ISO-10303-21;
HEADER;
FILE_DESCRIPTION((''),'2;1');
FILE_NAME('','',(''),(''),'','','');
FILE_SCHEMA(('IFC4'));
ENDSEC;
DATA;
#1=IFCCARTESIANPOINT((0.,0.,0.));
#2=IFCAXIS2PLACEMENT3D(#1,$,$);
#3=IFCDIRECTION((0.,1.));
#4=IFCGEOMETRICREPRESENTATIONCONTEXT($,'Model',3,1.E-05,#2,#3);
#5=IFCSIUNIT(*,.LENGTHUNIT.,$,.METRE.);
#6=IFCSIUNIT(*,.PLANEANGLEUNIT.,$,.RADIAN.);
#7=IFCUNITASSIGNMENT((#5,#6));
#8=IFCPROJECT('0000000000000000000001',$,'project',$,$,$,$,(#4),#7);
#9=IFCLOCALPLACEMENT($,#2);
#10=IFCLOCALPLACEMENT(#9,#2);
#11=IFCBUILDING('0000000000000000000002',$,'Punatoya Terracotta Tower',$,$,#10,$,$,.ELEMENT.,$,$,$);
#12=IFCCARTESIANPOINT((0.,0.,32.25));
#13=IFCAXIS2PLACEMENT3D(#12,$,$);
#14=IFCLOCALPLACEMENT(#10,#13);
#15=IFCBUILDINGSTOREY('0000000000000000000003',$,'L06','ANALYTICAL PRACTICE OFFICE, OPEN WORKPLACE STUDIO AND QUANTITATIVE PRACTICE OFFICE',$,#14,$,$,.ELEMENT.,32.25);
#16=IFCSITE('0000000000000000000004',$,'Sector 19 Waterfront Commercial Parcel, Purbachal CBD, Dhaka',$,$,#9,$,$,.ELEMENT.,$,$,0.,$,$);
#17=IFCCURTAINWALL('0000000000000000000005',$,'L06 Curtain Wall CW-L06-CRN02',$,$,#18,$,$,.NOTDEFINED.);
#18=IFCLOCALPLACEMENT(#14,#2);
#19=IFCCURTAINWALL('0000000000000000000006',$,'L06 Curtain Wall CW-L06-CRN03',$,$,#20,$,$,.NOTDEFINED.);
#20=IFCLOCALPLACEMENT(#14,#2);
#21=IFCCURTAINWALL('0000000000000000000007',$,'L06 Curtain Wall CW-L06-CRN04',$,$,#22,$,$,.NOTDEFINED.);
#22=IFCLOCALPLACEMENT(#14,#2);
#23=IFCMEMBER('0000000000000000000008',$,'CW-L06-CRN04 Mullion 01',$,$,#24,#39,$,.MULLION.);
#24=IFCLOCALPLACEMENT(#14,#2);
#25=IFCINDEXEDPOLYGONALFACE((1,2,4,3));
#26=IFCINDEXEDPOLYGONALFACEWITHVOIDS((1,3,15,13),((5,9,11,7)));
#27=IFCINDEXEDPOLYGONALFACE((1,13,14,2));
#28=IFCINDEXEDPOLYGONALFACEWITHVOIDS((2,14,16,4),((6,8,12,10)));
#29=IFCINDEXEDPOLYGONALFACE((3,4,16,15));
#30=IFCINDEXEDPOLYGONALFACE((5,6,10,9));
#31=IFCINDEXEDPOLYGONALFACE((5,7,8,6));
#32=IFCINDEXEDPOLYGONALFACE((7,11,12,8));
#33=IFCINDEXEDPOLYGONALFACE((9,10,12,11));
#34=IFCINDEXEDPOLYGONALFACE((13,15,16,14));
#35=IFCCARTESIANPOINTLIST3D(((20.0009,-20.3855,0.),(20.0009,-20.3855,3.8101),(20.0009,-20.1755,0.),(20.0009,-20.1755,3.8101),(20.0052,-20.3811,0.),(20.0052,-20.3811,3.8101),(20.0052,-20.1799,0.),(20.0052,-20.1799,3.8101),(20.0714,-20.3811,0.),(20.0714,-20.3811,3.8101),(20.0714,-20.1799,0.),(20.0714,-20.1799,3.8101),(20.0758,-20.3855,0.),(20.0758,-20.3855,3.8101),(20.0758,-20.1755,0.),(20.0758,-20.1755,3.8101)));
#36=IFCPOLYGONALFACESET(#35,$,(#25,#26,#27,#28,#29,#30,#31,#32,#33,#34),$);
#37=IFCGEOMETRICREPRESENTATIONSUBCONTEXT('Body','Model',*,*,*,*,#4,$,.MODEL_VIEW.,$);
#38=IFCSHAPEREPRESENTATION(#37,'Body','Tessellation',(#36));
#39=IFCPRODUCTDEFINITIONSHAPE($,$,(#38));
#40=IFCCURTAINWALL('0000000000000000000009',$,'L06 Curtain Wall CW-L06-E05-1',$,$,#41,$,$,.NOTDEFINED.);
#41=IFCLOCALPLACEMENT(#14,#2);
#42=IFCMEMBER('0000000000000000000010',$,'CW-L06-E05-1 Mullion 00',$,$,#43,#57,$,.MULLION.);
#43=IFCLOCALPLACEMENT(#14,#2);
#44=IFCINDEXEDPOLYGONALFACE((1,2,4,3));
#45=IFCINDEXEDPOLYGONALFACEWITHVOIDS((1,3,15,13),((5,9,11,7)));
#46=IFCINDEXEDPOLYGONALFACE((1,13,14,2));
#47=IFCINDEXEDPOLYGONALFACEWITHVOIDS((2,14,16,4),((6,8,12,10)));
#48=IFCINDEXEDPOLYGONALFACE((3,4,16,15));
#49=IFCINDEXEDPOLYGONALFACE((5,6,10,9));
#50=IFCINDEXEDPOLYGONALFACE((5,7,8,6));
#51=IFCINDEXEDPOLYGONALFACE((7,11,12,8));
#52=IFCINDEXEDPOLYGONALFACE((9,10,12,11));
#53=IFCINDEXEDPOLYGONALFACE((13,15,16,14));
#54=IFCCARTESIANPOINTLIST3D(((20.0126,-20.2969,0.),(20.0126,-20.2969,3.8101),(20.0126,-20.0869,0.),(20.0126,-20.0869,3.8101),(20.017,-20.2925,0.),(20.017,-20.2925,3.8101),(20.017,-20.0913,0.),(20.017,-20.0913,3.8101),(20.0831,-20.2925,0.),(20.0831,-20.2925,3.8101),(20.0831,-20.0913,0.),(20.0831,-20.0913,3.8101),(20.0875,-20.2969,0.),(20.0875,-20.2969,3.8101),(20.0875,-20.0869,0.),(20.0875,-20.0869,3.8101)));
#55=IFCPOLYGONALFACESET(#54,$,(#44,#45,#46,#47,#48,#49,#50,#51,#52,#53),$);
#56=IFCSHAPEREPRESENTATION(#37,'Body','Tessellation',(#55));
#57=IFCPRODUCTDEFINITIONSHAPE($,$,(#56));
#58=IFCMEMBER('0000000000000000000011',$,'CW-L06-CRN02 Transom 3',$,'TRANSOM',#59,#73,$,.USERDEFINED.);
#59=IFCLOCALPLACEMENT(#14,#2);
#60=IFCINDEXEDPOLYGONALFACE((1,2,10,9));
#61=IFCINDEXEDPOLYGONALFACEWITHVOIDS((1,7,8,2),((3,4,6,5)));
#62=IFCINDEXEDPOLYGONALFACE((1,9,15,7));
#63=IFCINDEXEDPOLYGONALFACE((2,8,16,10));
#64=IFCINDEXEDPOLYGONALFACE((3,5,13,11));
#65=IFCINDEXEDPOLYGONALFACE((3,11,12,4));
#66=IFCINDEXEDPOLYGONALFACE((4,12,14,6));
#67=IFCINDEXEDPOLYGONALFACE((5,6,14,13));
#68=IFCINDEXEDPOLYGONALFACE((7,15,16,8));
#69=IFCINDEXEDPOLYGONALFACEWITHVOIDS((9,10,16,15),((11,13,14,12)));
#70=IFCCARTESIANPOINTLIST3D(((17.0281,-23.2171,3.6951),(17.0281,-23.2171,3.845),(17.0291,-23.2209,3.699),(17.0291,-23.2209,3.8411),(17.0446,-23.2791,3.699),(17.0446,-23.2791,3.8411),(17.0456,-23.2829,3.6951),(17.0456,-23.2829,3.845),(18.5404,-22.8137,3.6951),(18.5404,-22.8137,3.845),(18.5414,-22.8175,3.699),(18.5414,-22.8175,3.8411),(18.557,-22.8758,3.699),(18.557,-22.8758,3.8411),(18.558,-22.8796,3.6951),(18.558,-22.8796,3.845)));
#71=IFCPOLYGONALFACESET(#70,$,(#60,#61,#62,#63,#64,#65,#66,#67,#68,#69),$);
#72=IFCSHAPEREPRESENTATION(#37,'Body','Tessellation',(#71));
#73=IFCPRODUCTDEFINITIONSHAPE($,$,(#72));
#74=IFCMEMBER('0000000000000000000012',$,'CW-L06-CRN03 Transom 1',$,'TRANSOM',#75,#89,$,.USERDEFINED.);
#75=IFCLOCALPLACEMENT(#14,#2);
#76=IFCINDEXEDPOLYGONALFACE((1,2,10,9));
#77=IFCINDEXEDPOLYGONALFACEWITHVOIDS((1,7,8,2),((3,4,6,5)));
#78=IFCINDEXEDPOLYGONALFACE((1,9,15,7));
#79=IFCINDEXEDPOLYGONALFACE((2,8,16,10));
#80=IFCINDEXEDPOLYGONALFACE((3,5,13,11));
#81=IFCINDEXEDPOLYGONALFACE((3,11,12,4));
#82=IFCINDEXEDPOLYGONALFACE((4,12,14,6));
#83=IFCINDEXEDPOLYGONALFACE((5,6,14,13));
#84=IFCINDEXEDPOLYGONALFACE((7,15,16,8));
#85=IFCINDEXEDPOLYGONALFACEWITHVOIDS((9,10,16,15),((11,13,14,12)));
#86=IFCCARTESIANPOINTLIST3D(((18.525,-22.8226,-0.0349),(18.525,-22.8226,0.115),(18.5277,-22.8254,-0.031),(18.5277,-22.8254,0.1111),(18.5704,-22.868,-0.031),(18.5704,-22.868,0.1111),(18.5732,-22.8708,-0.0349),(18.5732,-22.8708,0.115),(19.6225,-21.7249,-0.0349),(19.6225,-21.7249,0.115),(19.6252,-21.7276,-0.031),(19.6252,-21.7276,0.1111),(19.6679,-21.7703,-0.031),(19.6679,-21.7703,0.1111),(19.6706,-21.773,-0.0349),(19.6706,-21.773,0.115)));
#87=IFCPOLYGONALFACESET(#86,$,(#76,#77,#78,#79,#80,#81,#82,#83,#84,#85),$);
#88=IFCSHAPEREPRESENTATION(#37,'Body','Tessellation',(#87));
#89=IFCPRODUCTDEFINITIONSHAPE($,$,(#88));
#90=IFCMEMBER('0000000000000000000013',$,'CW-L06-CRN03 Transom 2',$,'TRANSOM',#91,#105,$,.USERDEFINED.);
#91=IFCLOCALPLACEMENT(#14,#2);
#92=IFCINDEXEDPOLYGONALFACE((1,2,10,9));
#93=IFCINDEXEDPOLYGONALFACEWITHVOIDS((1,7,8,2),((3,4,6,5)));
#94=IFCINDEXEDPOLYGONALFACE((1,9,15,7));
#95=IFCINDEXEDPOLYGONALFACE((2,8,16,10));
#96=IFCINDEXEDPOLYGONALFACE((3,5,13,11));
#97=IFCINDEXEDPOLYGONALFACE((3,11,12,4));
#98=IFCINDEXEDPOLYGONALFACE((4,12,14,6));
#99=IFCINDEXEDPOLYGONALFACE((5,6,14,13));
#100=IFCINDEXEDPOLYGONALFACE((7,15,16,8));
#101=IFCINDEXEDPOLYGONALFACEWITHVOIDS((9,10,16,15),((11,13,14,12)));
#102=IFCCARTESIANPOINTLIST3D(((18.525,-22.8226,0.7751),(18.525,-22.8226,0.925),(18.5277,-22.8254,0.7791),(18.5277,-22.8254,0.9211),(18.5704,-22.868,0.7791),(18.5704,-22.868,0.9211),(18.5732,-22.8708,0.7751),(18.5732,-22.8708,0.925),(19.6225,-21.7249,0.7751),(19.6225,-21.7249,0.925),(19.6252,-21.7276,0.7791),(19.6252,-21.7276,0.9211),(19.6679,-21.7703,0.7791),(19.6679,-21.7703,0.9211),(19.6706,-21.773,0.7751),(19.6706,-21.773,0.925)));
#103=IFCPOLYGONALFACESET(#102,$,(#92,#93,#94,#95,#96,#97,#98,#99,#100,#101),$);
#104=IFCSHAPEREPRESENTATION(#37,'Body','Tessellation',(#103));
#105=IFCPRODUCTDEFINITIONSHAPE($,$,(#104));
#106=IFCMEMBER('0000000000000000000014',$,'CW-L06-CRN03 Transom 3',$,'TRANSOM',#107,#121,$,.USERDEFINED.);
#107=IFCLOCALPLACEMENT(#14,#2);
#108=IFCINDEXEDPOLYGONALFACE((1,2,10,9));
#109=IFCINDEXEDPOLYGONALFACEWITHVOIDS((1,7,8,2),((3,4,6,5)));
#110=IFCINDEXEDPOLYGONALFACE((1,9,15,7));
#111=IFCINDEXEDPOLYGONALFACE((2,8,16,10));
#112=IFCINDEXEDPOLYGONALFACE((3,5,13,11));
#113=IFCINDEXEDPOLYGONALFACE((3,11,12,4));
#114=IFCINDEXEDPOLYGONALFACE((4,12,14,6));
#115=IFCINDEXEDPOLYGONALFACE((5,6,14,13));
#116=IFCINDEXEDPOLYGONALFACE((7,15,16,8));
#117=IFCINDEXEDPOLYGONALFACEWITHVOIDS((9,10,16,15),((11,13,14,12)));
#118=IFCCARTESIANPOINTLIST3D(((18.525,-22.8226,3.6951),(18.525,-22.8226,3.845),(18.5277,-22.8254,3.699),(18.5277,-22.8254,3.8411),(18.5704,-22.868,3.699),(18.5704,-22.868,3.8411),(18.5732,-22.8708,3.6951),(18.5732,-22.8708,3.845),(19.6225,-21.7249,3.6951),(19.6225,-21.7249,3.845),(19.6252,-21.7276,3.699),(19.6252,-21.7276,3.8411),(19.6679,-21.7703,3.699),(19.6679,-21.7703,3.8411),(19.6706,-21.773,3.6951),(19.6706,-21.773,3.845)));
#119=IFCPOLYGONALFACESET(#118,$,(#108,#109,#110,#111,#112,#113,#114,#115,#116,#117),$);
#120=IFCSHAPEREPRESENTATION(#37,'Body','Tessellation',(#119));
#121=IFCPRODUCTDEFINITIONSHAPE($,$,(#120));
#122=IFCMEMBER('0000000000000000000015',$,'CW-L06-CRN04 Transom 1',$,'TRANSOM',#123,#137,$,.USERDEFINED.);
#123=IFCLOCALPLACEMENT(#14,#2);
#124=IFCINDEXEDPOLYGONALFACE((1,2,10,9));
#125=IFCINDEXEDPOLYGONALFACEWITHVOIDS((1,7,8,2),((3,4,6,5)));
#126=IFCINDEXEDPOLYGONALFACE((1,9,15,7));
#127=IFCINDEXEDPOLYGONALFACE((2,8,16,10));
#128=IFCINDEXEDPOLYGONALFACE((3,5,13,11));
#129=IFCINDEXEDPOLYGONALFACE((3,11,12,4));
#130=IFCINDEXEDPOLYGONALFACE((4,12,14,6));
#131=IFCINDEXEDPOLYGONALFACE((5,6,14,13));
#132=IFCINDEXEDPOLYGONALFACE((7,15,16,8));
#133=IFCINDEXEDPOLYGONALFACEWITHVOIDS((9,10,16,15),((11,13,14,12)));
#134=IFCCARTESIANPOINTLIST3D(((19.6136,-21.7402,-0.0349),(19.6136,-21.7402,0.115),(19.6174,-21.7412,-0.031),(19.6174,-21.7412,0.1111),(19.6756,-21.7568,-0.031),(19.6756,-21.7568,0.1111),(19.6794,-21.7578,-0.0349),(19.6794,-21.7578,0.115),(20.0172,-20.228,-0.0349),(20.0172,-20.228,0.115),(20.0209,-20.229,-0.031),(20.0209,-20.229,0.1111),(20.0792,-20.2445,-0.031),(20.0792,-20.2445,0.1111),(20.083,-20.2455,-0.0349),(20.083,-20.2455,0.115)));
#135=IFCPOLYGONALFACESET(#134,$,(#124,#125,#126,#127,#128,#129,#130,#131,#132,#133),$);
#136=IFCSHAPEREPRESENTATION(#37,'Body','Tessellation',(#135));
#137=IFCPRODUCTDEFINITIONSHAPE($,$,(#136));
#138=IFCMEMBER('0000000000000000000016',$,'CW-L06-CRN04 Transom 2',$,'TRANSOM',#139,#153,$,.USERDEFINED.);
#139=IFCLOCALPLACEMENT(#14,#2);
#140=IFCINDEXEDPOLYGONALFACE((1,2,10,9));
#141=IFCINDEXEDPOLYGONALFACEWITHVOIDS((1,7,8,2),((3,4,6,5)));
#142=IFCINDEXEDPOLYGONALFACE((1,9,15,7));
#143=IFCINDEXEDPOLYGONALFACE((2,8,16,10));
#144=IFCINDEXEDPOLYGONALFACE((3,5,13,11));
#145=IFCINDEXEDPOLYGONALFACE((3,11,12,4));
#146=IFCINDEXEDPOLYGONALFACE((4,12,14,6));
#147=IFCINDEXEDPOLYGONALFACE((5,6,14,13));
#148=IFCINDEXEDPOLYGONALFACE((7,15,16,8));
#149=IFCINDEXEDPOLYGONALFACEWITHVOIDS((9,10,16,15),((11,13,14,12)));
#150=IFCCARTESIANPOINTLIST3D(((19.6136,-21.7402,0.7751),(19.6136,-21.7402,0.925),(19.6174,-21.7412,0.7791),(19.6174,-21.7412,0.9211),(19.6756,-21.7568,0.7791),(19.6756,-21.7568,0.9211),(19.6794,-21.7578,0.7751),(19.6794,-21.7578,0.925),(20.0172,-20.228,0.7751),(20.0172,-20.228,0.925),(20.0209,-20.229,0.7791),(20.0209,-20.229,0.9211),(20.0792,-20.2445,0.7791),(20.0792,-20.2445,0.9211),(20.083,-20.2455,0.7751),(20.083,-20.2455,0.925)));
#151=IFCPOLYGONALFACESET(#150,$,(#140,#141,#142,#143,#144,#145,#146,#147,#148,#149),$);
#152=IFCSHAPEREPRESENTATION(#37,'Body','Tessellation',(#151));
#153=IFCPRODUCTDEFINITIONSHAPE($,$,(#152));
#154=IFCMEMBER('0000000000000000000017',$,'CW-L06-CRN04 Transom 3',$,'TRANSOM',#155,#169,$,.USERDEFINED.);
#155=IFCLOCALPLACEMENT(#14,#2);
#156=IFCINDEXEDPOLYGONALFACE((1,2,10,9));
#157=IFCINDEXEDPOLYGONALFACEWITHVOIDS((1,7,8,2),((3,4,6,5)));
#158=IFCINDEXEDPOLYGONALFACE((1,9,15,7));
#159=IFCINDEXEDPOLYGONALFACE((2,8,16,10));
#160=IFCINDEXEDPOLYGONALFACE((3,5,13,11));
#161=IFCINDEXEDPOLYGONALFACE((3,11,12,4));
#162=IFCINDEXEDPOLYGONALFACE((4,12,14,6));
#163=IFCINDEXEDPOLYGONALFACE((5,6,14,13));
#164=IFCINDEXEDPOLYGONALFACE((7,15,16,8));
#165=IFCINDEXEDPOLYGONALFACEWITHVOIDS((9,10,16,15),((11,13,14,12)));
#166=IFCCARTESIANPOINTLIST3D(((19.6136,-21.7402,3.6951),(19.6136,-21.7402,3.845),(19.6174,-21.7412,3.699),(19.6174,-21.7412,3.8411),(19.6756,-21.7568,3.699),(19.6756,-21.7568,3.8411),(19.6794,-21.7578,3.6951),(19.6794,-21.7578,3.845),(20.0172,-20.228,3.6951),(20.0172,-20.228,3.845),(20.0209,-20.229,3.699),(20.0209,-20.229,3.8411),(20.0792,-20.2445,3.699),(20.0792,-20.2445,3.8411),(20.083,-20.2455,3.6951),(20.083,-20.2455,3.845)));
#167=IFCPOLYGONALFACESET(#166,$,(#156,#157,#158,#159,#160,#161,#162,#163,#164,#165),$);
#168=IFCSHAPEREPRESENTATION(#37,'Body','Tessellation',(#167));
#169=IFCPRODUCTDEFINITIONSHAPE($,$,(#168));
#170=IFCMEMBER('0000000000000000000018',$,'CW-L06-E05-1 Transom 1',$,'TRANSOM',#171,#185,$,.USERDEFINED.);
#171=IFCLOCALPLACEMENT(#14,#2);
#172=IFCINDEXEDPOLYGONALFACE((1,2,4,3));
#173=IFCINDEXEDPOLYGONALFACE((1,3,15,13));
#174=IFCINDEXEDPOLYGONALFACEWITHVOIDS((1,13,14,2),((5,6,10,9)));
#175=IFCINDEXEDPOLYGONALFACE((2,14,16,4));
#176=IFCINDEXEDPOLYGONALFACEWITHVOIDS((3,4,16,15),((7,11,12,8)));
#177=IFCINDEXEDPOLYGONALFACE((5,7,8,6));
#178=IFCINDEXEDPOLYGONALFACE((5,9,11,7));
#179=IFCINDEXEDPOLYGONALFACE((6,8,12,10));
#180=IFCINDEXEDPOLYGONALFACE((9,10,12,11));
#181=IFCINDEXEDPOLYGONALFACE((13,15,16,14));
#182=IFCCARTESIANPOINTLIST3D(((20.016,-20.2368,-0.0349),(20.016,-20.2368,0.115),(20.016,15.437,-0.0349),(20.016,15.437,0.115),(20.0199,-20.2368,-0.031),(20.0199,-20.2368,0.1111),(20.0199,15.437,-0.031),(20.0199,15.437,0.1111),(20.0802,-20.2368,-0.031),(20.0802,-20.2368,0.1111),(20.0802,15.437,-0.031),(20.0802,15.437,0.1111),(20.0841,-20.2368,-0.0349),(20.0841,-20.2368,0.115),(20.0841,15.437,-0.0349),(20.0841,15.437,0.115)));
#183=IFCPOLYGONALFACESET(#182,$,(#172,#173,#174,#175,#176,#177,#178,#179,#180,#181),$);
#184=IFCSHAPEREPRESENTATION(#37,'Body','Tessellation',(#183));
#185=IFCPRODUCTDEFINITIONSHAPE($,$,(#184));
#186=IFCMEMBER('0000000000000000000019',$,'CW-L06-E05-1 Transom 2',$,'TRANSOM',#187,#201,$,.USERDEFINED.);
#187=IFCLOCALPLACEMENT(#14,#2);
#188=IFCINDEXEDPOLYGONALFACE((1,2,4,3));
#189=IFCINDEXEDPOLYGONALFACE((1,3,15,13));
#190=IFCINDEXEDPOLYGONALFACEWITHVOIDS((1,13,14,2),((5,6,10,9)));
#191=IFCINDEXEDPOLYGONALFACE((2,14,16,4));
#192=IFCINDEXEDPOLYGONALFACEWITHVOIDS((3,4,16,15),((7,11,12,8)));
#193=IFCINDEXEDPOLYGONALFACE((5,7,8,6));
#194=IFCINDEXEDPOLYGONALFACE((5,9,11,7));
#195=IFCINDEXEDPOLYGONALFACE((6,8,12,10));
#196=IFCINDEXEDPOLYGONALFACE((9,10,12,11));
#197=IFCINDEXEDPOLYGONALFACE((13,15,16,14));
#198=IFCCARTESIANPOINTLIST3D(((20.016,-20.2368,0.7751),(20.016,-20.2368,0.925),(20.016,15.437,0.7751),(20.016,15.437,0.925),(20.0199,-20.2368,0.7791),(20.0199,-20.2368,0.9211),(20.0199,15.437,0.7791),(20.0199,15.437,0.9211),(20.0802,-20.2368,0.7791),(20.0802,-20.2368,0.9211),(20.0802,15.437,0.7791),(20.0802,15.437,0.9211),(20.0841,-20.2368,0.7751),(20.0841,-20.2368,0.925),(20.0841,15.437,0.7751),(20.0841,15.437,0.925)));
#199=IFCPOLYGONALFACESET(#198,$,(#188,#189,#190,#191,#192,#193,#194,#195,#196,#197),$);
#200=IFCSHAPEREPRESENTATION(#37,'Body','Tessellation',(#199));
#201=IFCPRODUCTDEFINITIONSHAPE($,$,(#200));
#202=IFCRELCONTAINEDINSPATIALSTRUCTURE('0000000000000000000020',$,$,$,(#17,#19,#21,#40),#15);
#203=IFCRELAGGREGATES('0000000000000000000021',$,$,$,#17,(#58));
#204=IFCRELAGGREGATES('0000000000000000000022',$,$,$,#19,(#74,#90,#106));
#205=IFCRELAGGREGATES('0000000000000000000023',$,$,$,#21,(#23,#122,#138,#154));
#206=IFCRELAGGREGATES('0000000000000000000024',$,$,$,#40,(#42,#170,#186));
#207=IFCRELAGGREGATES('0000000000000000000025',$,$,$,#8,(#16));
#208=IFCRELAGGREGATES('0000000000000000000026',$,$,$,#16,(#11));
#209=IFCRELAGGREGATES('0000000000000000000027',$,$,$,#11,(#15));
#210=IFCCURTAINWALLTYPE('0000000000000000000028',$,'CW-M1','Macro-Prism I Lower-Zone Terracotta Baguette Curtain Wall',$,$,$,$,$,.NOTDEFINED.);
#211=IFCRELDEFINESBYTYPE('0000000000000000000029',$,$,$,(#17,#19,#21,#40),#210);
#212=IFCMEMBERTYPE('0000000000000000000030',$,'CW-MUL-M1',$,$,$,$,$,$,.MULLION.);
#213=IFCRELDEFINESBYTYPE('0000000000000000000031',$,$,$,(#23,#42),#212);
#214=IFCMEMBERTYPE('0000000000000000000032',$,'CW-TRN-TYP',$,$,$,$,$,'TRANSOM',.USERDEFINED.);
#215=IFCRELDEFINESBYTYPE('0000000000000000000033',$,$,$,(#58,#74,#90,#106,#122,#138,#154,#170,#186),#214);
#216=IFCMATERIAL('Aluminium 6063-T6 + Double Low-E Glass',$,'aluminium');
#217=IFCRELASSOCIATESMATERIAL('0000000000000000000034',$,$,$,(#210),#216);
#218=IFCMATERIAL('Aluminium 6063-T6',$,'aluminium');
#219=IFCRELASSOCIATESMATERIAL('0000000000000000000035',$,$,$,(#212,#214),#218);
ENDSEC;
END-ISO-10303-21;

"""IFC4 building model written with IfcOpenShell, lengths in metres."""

from ifc_helpers import new_model, si_unit, direction, frame, origin, origin_2d, place, context, subcontext, project, spatial, hollow_rectangle, extrude, material, material_profile, profile_set, type_object, element, aggregate, save


model = new_model("IFC4")

# Units and contexts
model_context = context("Model", 3, precision=1e-05, world=origin(), true_north=direction((0.0, 1.0)))
body_context = subcontext(model_context, "Body", "Model", "MODEL_VIEW")
ifc_project = project(units=[si_unit("LENGTHUNIT", "METRE"), si_unit("PLANEANGLEUNIT", "RADIAN")], contexts=[model_context])

# Site, building, storey
site_placement = place(None, origin())
site = spatial("IfcSite", under=ifc_project, at=site_placement, Name="Sector 19 Waterfront Commercial Parcel, Purbachal CBD, Dhaka", CompositionType="ELEMENT", RefElevation=0.0)
building_placement = place(site_placement, origin())
building = spatial("IfcBuilding", under=site, at=building_placement, Name="Punatoya Terracotta Tower", CompositionType="ELEMENT")
storey_placement = place(building_placement, frame((0.0, 0.0, 32.25)))
storey = spatial("IfcBuildingStorey", under=building, at=storey_placement, Name="L06", Description="ANALYTICAL PRACTICE OFFICE, OPEN WORKPLACE STUDIO AND QUANTITATIVE PRACTICE OFFICE", CompositionType="ELEMENT", Elevation=32.25)

# Curtain walls, member
ifc_material_1 = material(Name="Aluminium 6063-T6 + Double Low-E Glass", Category="aluminium")
curtain_wall_type = type_object("IfcCurtainWallType", Name="CW-M1", Description="Macro-Prism I Lower-Zone Terracotta Baguette Curtain Wall", PredefinedType="NOTDEFINED", material=ifc_material_1)
curtain_wall_1_placement = place(storey_placement, origin())
curtain_wall_1 = element("IfcCurtainWall", 1, at=curtain_wall_1_placement, inside=storey, type_object=curtain_wall_type, Name="L06 Curtain Wall CW-L06-CRN02", PredefinedType="NOTDEFINED")
ifc_material_2 = material(Name="Aluminium 6063-T6", Category="aluminium")
ifc_material_profile_1 = material_profile(ifc_material_2, hollow_rectangle(XDim=0.075, YDim=0.21, WallThickness=0.0044, at=origin_2d()))
ifc_profile_set_1 = profile_set([ifc_material_profile_1], Name="Aluminium 6063-T6")
member_type_1 = type_object("IfcMemberType", Name="CW-MUL-M1", PredefinedType="MULLION", material=ifc_profile_set_1)
curtain_wall_2_placement = place(storey_placement, origin())
curtain_wall_2 = element("IfcCurtainWall", 2, at=curtain_wall_2_placement, inside=storey, type_object=curtain_wall_type, Name="L06 Curtain Wall CW-L06-CRN03", PredefinedType="NOTDEFINED")
curtain_wall_3_placement = place(storey_placement, origin())
curtain_wall_3 = element("IfcCurtainWall", 3, at=curtain_wall_3_placement, inside=storey, type_object=curtain_wall_type, Name="L06 Curtain Wall CW-L06-CRN04", PredefinedType="NOTDEFINED")
member_1_placement = place(storey_placement, frame((20.0383, -20.2805, 0.0), z_axis=(0.0, 0.0, 1.0), x_axis=(1.0, 0.0, 0.0)))
member_1 = element("IfcMember", 4, at=member_1_placement, type_object=member_type_1, Name="CW-L06-CRN04 Mullion 01", PredefinedType="MULLION", context=body_context, shape_type="SweptSolid", body=[
    extrude(hollow_rectangle(XDim=0.075, YDim=0.21, WallThickness=0.0044, at=origin_2d()), origin(), (0.0, 0.0, 1.0), 3.8101),
])

# Curtain wall, member
curtain_wall_4_placement = place(storey_placement, origin())
curtain_wall_4 = element("IfcCurtainWall", 5, at=curtain_wall_4_placement, inside=storey, type_object=curtain_wall_type, Name="L06 Curtain Wall CW-L06-E05-1", PredefinedType="NOTDEFINED")
member_2_placement = place(storey_placement, frame((20.05, -20.1919, 0.0), z_axis=(0.0, 0.0, 1.0), x_axis=(1.0, 0.0, 0.0)))
member_2 = element("IfcMember", 6, at=member_2_placement, type_object=member_type_1, Name="CW-L06-E05-1 Mullion 00", PredefinedType="MULLION", context=body_context, shape_type="SweptSolid", body=[
    extrude(hollow_rectangle(XDim=0.075, YDim=0.21, WallThickness=0.0044, at=origin_2d()), origin(), (0.0, 0.0, 1.0), 3.8101),
])

# Members
ifc_material_profile_2 = material_profile(ifc_material_2, hollow_rectangle(XDim=0.0681, YDim=0.1499, WallThickness=0.0039, at=origin_2d()))
ifc_profile_set_2 = profile_set([ifc_material_profile_2], Name="Aluminium 6063-T6")
member_type_2 = type_object("IfcMemberType", Name="CW-TRN-TYP", ElementType="TRANSOM", PredefinedType="USERDEFINED", material=ifc_profile_set_2)
member_3_placement = place(storey_placement, frame((17.0369, -23.25, 3.77), z_axis=(0.966225, 0.257701, 0.0), x_axis=(-0.257701, 0.966225, 0.0)))
member_3 = element("IfcMember", 7, at=member_3_placement, type_object=member_type_2, Name="CW-L06-CRN02 Transom 3", ObjectType="TRANSOM", PredefinedType="USERDEFINED", context=body_context, shape_type="SweptSolid", body=[
    extrude(hollow_rectangle(XDim=0.0681, YDim=0.1499, WallThickness=0.0039, at=origin_2d()), origin(), (0.0, 0.0, 1.0), 1.5652),
])
member_4_placement = place(storey_placement, frame((18.5491, -22.8467, 0.04), z_axis=(0.707028, 0.707185, 0.0), x_axis=(-0.707185, 0.707028, 0.0)))
member_4 = element("IfcMember", 8, at=member_4_placement, type_object=member_type_2, Name="CW-L06-CRN03 Transom 1", ObjectType="TRANSOM", PredefinedType="USERDEFINED", context=body_context, shape_type="SweptSolid", body=[
    extrude(hollow_rectangle(XDim=0.0681, YDim=0.1499, WallThickness=0.0039, at=origin_2d()), origin(), (0.0, 0.0, 1.0), 1.5522),
])
member_5_placement = place(storey_placement, frame((18.5491, -22.8467, 0.8501), z_axis=(0.707028, 0.707185, 0.0), x_axis=(-0.707185, 0.707028, 0.0)))
member_5 = element("IfcMember", 9, at=member_5_placement, type_object=member_type_2, Name="CW-L06-CRN03 Transom 2", ObjectType="TRANSOM", PredefinedType="USERDEFINED", context=body_context, shape_type="SweptSolid", body=[
    extrude(hollow_rectangle(XDim=0.0681, YDim=0.1499, WallThickness=0.0039, at=origin_2d()), origin(), (0.0, 0.0, 1.0), 1.5522),
])
member_6_placement = place(storey_placement, frame((18.5491, -22.8467, 3.77), z_axis=(0.707028, 0.707185, 0.0), x_axis=(-0.707185, 0.707028, 0.0)))
member_6 = element("IfcMember", 10, at=member_6_placement, type_object=member_type_2, Name="CW-L06-CRN03 Transom 3", ObjectType="TRANSOM", PredefinedType="USERDEFINED", context=body_context, shape_type="SweptSolid", body=[
    extrude(hollow_rectangle(XDim=0.0681, YDim=0.1499, WallThickness=0.0039, at=origin_2d()), origin(), (0.0, 0.0, 1.0), 1.5522),
])
member_7_placement = place(storey_placement, frame((19.6465, -21.749, 0.04), z_axis=(0.257847, 0.966186, 0.0), x_axis=(-0.966186, 0.257847, 0.0)))
member_7 = element("IfcMember", 11, at=member_7_placement, type_object=member_type_2, Name="CW-L06-CRN04 Transom 1", ObjectType="TRANSOM", PredefinedType="USERDEFINED", context=body_context, shape_type="SweptSolid", body=[
    extrude(hollow_rectangle(XDim=0.0681, YDim=0.1499, WallThickness=0.0039, at=origin_2d()), origin(), (0.0, 0.0, 1.0), 1.5652),
])
member_8_placement = place(storey_placement, frame((19.6465, -21.749, 0.8501), z_axis=(0.257847, 0.966186, 0.0), x_axis=(-0.966186, 0.257847, 0.0)))
member_8 = element("IfcMember", 12, at=member_8_placement, type_object=member_type_2, Name="CW-L06-CRN04 Transom 2", ObjectType="TRANSOM", PredefinedType="USERDEFINED", context=body_context, shape_type="SweptSolid", body=[
    extrude(hollow_rectangle(XDim=0.0681, YDim=0.1499, WallThickness=0.0039, at=origin_2d()), origin(), (0.0, 0.0, 1.0), 1.5652),
])
member_9_placement = place(storey_placement, frame((19.6465, -21.749, 3.77), z_axis=(0.257847, 0.966186, 0.0), x_axis=(-0.966186, 0.257847, 0.0)))
member_9 = element("IfcMember", 13, at=member_9_placement, type_object=member_type_2, Name="CW-L06-CRN04 Transom 3", ObjectType="TRANSOM", PredefinedType="USERDEFINED", context=body_context, shape_type="SweptSolid", body=[
    extrude(hollow_rectangle(XDim=0.0681, YDim=0.1499, WallThickness=0.0039, at=origin_2d()), origin(), (0.0, 0.0, 1.0), 1.5652),
])
member_10_placement = place(storey_placement, frame((20.05, -20.2368, 0.04), z_axis=(0.0, 1.0, 0.0), x_axis=(-1.0, 0.0, 0.0)))
member_10 = element("IfcMember", 14, at=member_10_placement, type_object=member_type_2, Name="CW-L06-E05-1 Transom 1", ObjectType="TRANSOM", PredefinedType="USERDEFINED", context=body_context, shape_type="SweptSolid", body=[
    extrude(hollow_rectangle(XDim=0.0681, YDim=0.1499, WallThickness=0.0039, at=origin_2d()), origin(), (0.0, 0.0, 1.0), 35.6738),
])
member_11_placement = place(storey_placement, frame((20.05, -20.2368, 0.8501), z_axis=(0.0, 1.0, 0.0), x_axis=(-1.0, 0.0, 0.0)))
member_11 = element("IfcMember", 15, at=member_11_placement, type_object=member_type_2, Name="CW-L06-E05-1 Transom 2", ObjectType="TRANSOM", PredefinedType="USERDEFINED", context=body_context, shape_type="SweptSolid", body=[
    extrude(hollow_rectangle(XDim=0.0681, YDim=0.1499, WallThickness=0.0039, at=origin_2d()), origin(), (0.0, 0.0, 1.0), 35.6738),
])

aggregate(curtain_wall_1, [member_3])
aggregate(curtain_wall_2, [member_4, member_5, member_6])
aggregate(curtain_wall_3, [member_1, member_7, member_8, member_9])
aggregate(curtain_wall_4, [member_2, member_10, member_11])

save(model, "model.ifc")
